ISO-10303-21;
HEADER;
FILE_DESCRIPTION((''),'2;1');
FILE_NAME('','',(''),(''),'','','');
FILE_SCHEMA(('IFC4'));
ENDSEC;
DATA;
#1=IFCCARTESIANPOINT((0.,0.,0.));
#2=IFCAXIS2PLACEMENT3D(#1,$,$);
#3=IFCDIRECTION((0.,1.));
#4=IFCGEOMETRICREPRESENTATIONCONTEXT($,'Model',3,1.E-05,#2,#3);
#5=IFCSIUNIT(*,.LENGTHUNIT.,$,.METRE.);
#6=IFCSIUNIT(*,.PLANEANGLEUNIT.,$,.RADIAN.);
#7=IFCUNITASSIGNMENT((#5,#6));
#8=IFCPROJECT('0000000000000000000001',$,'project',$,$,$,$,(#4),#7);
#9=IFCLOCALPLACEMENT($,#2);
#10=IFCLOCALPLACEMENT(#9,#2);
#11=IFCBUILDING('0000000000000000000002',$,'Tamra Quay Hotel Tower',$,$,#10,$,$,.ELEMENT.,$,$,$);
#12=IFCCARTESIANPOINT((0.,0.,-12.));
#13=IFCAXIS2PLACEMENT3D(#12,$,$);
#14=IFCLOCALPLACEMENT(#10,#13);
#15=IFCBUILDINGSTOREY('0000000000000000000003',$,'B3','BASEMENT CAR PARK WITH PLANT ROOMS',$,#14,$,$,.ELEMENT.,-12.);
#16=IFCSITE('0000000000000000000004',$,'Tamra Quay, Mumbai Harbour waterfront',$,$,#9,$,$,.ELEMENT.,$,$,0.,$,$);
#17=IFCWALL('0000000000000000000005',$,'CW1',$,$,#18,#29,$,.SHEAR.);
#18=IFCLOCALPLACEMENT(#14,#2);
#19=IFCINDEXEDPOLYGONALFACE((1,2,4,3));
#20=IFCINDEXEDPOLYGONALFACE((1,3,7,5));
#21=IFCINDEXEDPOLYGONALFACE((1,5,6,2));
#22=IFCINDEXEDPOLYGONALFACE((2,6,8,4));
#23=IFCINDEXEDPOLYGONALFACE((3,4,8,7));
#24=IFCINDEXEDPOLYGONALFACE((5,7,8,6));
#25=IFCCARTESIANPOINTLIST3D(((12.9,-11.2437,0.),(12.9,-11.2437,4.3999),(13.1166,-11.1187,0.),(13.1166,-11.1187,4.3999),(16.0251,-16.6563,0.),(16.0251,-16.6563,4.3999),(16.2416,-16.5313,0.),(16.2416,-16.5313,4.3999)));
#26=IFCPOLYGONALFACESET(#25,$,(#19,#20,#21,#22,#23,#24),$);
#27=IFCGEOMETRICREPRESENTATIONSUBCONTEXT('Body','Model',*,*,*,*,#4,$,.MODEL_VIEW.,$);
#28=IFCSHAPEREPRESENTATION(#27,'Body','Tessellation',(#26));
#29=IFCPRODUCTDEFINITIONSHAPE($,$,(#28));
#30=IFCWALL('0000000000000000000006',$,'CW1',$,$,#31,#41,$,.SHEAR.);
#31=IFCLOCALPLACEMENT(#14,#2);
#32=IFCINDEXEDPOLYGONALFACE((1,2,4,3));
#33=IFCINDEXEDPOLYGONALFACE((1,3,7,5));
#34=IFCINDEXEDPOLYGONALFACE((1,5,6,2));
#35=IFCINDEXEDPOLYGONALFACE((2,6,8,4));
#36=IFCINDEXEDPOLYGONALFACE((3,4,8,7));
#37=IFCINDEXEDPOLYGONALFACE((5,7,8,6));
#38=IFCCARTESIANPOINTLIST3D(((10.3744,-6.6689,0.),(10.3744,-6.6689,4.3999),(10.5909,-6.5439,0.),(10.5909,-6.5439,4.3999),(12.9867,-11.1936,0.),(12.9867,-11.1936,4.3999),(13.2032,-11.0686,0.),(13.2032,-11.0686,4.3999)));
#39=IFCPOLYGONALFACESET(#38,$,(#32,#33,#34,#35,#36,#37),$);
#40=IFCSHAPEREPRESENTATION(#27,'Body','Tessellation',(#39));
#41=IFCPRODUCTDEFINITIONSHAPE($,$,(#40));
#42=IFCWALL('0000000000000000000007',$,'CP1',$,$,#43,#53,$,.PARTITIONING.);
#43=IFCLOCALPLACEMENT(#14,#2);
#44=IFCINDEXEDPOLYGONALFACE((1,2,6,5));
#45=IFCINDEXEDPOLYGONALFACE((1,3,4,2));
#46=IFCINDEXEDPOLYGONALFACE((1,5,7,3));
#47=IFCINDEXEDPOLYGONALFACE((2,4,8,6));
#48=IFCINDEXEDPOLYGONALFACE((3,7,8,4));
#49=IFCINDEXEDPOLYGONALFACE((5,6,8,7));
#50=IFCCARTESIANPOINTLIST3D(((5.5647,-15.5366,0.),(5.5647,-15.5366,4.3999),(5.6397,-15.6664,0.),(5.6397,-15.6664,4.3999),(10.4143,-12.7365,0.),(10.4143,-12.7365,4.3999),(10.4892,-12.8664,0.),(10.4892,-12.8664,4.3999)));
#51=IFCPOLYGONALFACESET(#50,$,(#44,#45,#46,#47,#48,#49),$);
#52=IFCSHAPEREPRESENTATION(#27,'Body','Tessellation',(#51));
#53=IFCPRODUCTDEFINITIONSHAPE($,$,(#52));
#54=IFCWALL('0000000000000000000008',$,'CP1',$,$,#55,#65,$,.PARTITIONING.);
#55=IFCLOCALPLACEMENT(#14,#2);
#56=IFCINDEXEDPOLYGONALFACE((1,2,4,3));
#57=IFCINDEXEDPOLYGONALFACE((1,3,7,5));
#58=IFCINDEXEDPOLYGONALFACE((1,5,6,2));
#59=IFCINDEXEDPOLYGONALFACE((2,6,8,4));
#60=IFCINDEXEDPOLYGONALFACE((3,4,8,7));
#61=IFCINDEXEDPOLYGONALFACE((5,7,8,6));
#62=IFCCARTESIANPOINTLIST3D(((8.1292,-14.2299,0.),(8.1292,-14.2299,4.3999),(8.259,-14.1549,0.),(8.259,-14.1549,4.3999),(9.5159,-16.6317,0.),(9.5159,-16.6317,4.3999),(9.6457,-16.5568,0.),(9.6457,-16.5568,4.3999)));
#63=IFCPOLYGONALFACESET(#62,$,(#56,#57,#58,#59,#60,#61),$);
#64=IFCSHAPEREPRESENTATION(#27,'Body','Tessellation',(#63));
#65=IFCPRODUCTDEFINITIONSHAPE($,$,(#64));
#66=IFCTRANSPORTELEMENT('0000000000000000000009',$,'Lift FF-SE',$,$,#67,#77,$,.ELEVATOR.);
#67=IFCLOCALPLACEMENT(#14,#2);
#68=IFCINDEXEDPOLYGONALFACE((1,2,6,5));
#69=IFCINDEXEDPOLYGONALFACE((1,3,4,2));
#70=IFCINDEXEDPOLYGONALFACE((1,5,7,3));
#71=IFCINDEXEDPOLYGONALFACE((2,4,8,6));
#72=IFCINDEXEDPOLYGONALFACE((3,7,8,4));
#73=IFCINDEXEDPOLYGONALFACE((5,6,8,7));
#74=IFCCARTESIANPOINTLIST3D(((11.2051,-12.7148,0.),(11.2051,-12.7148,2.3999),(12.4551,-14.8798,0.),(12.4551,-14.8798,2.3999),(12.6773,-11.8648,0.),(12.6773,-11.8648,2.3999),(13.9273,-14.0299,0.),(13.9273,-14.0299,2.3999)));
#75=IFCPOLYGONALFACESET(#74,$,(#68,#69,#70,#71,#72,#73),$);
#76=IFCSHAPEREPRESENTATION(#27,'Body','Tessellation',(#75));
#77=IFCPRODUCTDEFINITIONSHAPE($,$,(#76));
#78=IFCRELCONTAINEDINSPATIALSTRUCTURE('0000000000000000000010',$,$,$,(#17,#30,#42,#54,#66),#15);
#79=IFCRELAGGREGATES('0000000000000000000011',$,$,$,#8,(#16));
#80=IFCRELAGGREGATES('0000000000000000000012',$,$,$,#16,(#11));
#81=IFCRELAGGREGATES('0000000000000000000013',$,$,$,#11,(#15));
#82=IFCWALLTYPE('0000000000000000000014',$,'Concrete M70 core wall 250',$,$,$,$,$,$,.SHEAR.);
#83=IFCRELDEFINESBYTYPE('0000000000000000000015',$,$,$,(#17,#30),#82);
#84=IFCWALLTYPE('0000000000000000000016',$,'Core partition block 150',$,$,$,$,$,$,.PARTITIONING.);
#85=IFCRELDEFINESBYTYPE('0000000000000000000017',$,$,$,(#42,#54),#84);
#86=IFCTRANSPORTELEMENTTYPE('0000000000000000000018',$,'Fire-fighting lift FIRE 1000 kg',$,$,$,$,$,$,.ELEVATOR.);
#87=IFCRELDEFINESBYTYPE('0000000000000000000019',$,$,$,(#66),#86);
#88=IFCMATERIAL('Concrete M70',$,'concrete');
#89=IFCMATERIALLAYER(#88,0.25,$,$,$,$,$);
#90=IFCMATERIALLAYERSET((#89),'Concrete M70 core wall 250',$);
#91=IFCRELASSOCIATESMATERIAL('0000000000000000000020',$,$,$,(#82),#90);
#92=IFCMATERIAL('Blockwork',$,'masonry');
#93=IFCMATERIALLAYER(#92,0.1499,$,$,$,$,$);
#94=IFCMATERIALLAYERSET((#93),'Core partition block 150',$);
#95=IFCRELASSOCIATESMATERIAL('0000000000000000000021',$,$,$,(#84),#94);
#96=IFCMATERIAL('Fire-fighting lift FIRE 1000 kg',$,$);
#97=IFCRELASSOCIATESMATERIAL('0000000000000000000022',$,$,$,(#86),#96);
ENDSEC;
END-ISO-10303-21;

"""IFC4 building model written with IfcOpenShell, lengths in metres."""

from ifc_helpers import new_model, si_unit, direction, frame, frame_2d, origin, origin_2d, place, context, subcontext, project, spatial, rectangle, extrude, material, layer, layer_set, type_object, element, save


model = new_model("IFC4")

# Units and contexts
model_context = context("Model", 3, precision=1e-05, world=origin(), true_north=direction((0.0, 1.0)))
body_context = subcontext(model_context, "Body", "Model", "MODEL_VIEW")
ifc_project = project(units=[si_unit("LENGTHUNIT", "METRE"), si_unit("PLANEANGLEUNIT", "RADIAN")], contexts=[model_context])

# Site, building, storey
site_placement = place(None, origin())
site = spatial("IfcSite", under=ifc_project, at=site_placement, Name="Tamra Quay, Mumbai Harbour waterfront", CompositionType="ELEMENT", RefElevation=0.0)
building_placement = place(site_placement, origin())
building = spatial("IfcBuilding", under=site, at=building_placement, Name="Tamra Quay Hotel Tower", CompositionType="ELEMENT")
storey_placement = place(building_placement, frame((0.0, 0.0, -12.0)))
storey = spatial("IfcBuildingStorey", under=building, at=storey_placement, Name="B3", Description="BASEMENT CAR PARK WITH PLANT ROOMS", CompositionType="ELEMENT", Elevation=-12.0)

# Shared definitions
ifc_material_1 = material(Name="Concrete M70", Category="concrete")

# Shared definitions
ifc_material_2 = material(Name="Blockwork", Category="masonry")

# Walls
ifc_layer_1 = layer(ifc_material_1, 0.25)
ifc_layer_set_1 = layer_set([ifc_layer_1], Name="Concrete M70 core wall 250")
wall_type_1 = type_object("IfcWallType", Name="Concrete M70 core wall 250", PredefinedType="SHEAR", material=ifc_layer_set_1)
wall_1_placement = place(storey_placement, frame((13.0083, -11.1812, 0.0), z_axis=(0.0, 0.0, 1.0), x_axis=(0.500004, -0.866023, 0.0)))
element("IfcWall", 1, at=wall_1_placement, inside=storey, type_object=wall_type_1, Name="CW1", PredefinedType="SHEAR", context=body_context, shape_type="SweptSolid", body=[
    extrude(rectangle(XDim=6.25, YDim=0.25, at=frame_2d((3.125, 0.0))), origin(), (0.0, 0.0, 1.0), 4.3999),
])
wall_2_placement = place(storey_placement, frame((10.4827, -6.6064, 0.0), z_axis=(0.0, 0.0, 1.0), x_axis=(0.499999, -0.866026, 0.0)))
element("IfcWall", 2, at=wall_2_placement, inside=storey, type_object=wall_type_1, Name="CW1", PredefinedType="SHEAR", context=body_context, shape_type="SweptSolid", body=[
    extrude(rectangle(XDim=5.2246, YDim=0.25, at=frame_2d((2.6123, 0.0))), origin(), (0.0, 0.0, 1.0), 4.3999),
])
ifc_layer_2 = layer(ifc_material_2, 0.1499)
ifc_layer_set_2 = layer_set([ifc_layer_2], Name="Core partition block 150")
wall_type_2 = type_object("IfcWallType", Name="Core partition block 150", PredefinedType="PARTITIONING", material=ifc_layer_set_2)
wall_3_placement = place(storey_placement, frame((10.4517, -12.8015, 0.0), z_axis=(0.0, 0.0, 1.0), x_axis=(-0.866016, -0.500017, 0.0)))
element("IfcWall", 3, at=wall_3_placement, inside=storey, type_object=wall_type_2, Name="CP1", PredefinedType="PARTITIONING", context=body_context, shape_type="SweptSolid", body=[
    extrude(rectangle(XDim=5.5999, YDim=0.1499, at=frame_2d((2.7998, 0.0))), origin(), (0.0, 0.0, 1.0), 4.3999),
])
wall_4_placement = place(storey_placement, frame((8.1941, -14.1924, 0.0), z_axis=(0.0, 0.0, 1.0), x_axis=(0.500002, -0.866024, 0.0)))
element("IfcWall", 4, at=wall_4_placement, inside=storey, type_object=wall_type_2, Name="CP1", PredefinedType="PARTITIONING", context=body_context, shape_type="SweptSolid", body=[
    extrude(rectangle(XDim=2.7734, YDim=0.1499, at=frame_2d((1.3867, 0.0))), origin(), (0.0, 0.0, 1.0), 4.3999),
])

# Transport element
ifc_material_3 = material(Name="Fire-fighting lift FIRE 1000 kg")
transport_element_type = type_object("IfcTransportElementType", Name="Fire-fighting lift FIRE 1000 kg", PredefinedType="ELEVATOR", material=ifc_material_3)
transport_element_placement = place(storey_placement, frame((12.5662, -13.3723, 0.0), z_axis=(0.0, 0.0, 1.0), x_axis=(-0.866025, -0.5, 0.0)))
element("IfcTransportElement", 5, at=transport_element_placement, inside=storey, type_object=transport_element_type, Name="Lift FF-SE", PredefinedType="ELEVATOR", context=body_context, shape_type="SweptSolid", body=[
    extrude(rectangle(XDim=1.7, YDim=2.5, at=origin_2d()), origin(), (0.0, 0.0, 1.0), 2.3999),
])

save(model, "model.ifc")
